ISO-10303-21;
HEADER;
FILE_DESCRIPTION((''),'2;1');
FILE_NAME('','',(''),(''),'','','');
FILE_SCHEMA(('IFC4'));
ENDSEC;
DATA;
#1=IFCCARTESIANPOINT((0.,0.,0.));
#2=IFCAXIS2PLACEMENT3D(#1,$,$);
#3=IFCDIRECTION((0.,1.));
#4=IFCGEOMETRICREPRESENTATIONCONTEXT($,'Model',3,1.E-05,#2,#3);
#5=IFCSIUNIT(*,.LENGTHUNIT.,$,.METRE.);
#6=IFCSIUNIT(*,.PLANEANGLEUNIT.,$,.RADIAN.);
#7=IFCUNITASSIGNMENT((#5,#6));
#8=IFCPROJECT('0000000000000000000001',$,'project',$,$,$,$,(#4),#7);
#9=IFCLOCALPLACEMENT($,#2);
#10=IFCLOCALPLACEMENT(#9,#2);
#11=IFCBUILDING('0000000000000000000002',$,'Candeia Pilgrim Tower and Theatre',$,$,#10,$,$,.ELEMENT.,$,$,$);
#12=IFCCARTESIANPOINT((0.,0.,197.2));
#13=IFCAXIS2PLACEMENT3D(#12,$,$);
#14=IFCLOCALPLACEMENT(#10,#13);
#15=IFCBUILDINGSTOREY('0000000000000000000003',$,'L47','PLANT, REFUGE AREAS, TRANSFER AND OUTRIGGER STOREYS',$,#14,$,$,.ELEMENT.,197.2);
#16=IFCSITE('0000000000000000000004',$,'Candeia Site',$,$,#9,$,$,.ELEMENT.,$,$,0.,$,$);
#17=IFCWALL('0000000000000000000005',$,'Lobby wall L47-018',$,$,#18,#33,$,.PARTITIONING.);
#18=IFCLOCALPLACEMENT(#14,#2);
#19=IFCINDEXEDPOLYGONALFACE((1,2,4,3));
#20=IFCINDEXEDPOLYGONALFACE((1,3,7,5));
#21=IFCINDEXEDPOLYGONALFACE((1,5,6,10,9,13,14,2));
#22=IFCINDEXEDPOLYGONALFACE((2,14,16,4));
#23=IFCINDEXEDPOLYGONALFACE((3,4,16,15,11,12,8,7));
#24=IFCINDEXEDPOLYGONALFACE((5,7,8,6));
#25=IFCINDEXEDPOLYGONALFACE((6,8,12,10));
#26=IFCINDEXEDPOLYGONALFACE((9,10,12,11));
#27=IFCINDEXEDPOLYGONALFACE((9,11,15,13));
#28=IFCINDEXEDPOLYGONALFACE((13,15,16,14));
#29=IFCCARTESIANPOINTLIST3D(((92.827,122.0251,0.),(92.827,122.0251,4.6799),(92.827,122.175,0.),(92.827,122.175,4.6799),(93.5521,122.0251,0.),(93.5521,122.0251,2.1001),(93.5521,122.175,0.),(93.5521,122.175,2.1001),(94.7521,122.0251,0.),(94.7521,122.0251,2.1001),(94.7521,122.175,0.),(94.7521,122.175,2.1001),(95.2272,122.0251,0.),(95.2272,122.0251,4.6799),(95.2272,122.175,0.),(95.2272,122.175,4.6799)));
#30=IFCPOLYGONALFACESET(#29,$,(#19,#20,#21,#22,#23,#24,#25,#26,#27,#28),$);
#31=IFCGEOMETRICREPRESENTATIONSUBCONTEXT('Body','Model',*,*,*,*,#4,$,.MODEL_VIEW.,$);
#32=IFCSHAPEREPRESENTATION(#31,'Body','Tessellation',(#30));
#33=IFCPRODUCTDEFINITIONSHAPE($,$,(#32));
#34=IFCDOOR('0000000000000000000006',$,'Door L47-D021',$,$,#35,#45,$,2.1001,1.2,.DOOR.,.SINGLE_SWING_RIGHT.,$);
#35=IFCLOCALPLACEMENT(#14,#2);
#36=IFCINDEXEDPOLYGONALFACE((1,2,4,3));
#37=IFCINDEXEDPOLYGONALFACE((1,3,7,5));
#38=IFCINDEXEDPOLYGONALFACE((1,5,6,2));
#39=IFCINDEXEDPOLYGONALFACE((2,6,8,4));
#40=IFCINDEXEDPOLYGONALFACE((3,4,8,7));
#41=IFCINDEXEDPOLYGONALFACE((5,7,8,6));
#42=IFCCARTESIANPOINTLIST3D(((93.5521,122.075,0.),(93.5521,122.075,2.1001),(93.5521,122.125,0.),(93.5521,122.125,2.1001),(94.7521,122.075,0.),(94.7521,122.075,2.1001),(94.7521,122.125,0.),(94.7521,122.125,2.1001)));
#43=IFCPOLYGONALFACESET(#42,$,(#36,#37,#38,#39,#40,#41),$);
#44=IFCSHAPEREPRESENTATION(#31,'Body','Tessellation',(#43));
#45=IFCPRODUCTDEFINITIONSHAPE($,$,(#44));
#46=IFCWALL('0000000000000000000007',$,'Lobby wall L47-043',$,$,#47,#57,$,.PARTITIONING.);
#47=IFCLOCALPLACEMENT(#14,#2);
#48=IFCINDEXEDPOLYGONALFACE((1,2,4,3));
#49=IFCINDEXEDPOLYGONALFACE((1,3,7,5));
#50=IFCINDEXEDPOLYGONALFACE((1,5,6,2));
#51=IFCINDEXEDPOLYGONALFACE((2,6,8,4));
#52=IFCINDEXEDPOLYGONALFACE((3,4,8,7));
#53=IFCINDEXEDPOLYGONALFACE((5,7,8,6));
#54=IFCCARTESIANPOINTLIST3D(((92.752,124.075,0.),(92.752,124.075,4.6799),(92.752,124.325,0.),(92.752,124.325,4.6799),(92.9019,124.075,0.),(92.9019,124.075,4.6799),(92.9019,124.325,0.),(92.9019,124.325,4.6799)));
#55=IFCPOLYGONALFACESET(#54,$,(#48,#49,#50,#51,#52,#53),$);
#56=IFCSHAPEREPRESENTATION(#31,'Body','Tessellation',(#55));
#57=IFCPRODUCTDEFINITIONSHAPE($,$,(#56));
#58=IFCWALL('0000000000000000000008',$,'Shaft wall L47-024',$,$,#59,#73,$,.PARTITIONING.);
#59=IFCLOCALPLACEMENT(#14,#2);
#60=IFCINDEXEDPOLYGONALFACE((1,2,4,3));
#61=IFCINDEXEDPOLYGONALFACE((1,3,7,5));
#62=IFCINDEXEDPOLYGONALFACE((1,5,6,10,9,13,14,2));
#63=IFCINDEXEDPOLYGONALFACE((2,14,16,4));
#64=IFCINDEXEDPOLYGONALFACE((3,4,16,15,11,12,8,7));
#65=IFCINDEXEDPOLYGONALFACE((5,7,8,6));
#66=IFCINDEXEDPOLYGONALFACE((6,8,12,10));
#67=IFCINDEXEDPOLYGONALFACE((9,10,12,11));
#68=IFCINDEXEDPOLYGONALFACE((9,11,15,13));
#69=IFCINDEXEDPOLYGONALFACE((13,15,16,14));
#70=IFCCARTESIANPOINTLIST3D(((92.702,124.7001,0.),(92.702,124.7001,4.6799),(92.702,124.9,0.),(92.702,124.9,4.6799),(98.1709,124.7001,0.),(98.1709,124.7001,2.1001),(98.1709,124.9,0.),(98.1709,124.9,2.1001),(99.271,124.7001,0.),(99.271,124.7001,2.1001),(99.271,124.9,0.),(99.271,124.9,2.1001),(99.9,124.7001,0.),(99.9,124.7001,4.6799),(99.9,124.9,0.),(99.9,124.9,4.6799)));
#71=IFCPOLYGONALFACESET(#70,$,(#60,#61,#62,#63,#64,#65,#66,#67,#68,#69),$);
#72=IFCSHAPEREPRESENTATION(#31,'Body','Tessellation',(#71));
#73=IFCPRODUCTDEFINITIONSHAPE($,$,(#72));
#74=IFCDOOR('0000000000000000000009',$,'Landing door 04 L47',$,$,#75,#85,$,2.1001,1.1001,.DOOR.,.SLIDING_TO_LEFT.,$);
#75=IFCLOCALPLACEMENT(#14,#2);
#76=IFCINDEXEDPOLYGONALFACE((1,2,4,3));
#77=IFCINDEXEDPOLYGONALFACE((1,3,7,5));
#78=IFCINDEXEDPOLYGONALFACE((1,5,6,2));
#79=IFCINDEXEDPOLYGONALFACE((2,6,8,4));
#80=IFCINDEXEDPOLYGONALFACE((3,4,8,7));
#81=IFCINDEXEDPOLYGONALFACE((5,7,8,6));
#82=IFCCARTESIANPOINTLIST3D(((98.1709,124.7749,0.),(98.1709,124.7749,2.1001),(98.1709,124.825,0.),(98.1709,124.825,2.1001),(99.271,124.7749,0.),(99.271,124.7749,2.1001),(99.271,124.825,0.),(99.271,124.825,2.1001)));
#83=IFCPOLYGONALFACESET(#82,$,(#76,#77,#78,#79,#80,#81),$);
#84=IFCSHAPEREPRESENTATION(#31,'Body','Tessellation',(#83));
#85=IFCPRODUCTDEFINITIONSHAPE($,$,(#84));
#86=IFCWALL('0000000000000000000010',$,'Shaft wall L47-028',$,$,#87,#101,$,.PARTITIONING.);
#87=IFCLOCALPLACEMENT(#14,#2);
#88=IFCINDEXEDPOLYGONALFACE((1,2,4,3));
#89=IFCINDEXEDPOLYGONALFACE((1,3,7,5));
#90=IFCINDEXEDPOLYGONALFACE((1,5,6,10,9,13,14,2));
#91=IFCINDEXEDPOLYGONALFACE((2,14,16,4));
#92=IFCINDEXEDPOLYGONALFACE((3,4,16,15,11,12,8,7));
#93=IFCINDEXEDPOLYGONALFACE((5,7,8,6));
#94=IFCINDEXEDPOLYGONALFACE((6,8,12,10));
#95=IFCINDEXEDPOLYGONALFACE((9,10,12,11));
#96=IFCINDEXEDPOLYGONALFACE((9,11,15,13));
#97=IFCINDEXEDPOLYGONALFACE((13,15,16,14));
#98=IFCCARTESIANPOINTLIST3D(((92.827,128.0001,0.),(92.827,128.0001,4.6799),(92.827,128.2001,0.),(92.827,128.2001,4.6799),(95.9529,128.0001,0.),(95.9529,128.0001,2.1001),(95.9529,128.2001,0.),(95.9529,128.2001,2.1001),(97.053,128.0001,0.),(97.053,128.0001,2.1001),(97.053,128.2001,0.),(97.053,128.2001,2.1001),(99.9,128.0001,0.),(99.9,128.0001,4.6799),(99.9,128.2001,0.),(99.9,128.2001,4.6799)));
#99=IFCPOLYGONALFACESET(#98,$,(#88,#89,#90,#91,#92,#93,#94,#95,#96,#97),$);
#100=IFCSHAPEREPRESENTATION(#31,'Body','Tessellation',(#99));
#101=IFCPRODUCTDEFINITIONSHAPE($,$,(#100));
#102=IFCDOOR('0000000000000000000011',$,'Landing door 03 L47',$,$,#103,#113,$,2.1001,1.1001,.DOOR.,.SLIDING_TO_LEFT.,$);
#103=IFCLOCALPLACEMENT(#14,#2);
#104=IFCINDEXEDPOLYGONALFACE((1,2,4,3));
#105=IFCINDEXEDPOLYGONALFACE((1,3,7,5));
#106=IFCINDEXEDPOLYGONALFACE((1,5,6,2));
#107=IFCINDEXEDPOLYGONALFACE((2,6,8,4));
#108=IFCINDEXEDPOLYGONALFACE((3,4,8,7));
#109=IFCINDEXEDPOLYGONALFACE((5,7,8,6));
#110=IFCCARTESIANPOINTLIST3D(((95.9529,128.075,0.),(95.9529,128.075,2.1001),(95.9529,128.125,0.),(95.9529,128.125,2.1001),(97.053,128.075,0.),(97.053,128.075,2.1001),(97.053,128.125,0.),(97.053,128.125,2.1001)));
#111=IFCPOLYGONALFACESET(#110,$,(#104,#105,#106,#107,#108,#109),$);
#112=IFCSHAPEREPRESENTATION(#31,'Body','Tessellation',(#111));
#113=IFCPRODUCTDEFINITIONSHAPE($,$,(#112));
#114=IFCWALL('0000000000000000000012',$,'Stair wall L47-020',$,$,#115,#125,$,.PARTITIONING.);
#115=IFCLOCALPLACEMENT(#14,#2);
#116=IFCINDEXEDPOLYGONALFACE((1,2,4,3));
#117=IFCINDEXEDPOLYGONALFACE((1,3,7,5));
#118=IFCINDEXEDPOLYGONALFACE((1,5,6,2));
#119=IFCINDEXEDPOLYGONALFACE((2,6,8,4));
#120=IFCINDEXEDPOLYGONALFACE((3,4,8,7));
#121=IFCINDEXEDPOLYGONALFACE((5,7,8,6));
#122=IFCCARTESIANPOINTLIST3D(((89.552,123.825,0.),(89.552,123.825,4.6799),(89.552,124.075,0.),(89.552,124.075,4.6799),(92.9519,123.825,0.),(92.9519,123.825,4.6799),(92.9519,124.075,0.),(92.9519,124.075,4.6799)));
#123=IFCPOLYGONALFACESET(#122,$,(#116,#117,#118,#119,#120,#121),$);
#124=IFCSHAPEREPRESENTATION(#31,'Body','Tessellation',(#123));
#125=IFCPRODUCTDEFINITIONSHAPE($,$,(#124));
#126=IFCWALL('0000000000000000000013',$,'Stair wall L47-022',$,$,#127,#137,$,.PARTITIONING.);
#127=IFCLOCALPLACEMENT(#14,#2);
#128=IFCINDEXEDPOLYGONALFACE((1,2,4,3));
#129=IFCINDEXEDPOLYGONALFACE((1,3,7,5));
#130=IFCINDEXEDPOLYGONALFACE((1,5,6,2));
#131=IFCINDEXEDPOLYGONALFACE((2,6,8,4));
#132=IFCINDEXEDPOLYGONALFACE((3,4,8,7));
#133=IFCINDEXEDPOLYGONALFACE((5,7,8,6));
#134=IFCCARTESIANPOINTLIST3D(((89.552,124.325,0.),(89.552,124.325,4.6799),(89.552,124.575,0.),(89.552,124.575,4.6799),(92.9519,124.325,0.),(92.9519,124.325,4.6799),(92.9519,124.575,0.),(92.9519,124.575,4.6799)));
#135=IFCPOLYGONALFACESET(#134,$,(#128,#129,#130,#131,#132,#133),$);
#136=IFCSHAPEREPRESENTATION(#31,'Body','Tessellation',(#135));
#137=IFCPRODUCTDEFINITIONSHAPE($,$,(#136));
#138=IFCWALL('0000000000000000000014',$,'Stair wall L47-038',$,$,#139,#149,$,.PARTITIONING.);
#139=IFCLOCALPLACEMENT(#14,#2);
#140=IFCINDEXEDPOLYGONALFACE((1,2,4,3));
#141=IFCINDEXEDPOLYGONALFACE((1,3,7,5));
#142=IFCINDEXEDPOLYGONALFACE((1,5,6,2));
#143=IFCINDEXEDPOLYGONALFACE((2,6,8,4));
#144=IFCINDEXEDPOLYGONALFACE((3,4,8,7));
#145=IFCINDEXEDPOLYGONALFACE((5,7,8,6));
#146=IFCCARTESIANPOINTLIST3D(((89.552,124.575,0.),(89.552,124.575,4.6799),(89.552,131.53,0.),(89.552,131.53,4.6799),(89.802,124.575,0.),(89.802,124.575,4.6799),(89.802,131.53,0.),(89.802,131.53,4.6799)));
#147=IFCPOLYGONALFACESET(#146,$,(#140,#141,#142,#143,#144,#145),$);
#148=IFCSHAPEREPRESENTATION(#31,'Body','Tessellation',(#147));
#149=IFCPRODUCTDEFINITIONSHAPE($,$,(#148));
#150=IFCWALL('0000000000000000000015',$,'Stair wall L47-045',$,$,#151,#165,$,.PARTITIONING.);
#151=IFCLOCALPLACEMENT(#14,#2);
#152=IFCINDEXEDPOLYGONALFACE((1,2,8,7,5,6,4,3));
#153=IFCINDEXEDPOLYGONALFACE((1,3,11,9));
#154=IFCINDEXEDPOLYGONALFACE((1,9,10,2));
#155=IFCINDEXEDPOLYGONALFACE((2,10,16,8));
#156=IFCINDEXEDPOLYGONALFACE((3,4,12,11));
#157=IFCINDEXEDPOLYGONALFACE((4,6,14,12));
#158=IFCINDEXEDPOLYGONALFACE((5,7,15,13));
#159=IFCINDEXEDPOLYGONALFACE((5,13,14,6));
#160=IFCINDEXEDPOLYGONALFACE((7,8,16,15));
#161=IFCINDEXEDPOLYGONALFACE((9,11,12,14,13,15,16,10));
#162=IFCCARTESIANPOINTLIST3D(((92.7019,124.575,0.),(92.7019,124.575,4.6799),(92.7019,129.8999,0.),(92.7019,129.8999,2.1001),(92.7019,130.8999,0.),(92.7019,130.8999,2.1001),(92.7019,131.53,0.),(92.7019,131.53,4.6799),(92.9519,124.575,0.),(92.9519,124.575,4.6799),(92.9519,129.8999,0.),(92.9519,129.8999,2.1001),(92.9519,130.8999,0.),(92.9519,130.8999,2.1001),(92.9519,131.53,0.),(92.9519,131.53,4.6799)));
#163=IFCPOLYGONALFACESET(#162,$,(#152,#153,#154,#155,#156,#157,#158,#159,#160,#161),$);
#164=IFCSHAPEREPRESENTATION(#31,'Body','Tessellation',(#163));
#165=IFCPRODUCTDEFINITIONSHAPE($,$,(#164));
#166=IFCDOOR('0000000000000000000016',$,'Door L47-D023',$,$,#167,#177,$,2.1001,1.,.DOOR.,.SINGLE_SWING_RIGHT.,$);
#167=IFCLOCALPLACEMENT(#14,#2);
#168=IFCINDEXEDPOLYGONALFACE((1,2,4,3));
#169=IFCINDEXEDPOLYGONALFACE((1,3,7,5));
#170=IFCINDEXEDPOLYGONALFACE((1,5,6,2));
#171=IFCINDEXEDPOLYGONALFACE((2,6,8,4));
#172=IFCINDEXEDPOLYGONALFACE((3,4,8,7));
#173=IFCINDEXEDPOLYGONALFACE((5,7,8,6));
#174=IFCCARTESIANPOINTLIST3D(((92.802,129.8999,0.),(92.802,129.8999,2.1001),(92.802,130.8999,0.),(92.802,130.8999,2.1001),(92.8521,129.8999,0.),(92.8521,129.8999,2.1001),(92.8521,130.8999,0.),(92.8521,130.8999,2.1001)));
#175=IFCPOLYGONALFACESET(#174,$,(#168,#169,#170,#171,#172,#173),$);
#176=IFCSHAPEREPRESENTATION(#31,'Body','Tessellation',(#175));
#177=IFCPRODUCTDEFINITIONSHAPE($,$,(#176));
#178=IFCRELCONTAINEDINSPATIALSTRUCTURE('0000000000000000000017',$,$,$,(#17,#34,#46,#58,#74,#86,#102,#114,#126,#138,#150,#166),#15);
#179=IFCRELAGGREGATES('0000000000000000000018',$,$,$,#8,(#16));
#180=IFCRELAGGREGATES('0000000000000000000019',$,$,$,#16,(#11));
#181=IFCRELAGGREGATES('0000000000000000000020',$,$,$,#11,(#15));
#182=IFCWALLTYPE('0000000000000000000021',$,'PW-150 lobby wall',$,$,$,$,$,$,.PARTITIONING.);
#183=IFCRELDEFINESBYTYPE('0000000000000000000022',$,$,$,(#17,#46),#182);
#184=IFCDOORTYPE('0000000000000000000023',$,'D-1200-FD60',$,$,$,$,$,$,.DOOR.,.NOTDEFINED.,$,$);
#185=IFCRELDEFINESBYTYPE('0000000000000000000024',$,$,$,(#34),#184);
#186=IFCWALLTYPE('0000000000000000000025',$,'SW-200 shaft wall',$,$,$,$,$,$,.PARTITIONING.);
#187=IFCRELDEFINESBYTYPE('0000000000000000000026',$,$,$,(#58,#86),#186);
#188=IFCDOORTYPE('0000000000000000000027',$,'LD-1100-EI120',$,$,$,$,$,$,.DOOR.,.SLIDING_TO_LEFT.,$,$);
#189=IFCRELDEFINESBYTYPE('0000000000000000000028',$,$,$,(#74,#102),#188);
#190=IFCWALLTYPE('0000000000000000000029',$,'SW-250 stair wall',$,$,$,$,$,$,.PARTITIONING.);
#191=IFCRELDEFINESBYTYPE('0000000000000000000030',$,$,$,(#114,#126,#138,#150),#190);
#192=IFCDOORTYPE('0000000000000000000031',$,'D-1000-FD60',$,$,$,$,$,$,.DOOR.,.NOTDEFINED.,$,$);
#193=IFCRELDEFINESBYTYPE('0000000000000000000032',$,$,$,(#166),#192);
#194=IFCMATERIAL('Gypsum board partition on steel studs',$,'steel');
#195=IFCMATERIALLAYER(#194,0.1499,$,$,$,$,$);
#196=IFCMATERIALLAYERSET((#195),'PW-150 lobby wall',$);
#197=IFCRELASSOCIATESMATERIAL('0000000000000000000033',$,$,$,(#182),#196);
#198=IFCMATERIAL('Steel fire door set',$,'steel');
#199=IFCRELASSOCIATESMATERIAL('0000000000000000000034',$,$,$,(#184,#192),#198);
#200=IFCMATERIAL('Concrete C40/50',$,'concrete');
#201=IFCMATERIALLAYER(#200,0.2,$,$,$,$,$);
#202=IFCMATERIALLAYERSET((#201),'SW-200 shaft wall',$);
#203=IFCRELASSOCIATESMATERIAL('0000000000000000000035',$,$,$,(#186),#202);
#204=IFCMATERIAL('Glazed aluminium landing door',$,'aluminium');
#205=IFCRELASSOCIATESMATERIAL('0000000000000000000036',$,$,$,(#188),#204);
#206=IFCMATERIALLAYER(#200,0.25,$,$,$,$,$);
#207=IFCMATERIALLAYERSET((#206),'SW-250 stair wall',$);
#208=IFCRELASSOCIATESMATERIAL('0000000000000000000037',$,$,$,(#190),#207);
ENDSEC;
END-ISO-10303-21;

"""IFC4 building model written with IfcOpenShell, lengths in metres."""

from ifc_helpers import new_model, si_unit, direction, frame, frame_2d, origin, place, context, subcontext, project, spatial, rectangle, extrude, material, layer, layer_set, type_object, element, fill, save


model = new_model("IFC4")

# Units and contexts
model_context = context("Model", 3, precision=1e-05, world=origin(), true_north=direction((0.0, 1.0)))
body_context = subcontext(model_context, "Body", "Model", "MODEL_VIEW")
ifc_project = project(units=[si_unit("LENGTHUNIT", "METRE"), si_unit("PLANEANGLEUNIT", "RADIAN")], contexts=[model_context])

# Site, building, storey
site_placement = place(None, origin())
site = spatial("IfcSite", under=ifc_project, at=site_placement, Name="Candeia Site", CompositionType="ELEMENT", RefElevation=0.0)
building_placement = place(site_placement, origin())
building = spatial("IfcBuilding", under=site, at=building_placement, Name="Candeia Pilgrim Tower and Theatre", CompositionType="ELEMENT")
storey_placement = place(building_placement, frame((0.0, 0.0, 197.2)))
storey = spatial("IfcBuildingStorey", under=building, at=storey_placement, Name="L47", Description="PLANT, REFUGE AREAS, TRANSFER AND OUTRIGGER STOREYS", CompositionType="ELEMENT", Elevation=197.2)

# Wall, opening, door
ifc_material_1 = material(Name="Gypsum board partition on steel studs", Category="steel")
ifc_layer_1 = layer(ifc_material_1, 0.1499)
ifc_layer_set_1 = layer_set([ifc_layer_1], Name="PW-150 lobby wall")
wall_type_1 = type_object("IfcWallType", Name="PW-150 lobby wall", PredefinedType="PARTITIONING", material=ifc_layer_set_1)
wall_1_placement = place(storey_placement, frame((92.8269, 122.1001, 0.0), z_axis=(0.0, 0.0, 1.0), x_axis=(1.0, 0.0, 0.0)))
wall_1 = element("IfcWall", 1, at=wall_1_placement, inside=storey, type_object=wall_type_1, Name="Lobby wall L47-018", PredefinedType="PARTITIONING", context=body_context, shape_type="SweptSolid", body=[
    extrude(rectangle(XDim=2.4001, YDim=0.1499, at=frame_2d((1.2002, 0.0))), origin(), (0.0, 0.0, 1.0), 4.6799),
])
opening_1_placement = place(wall_1_placement, frame((0.7251, 0.0, 0.0)))
opening_1 = element("IfcOpeningElement", 2, at=opening_1_placement, cuts=wall_1, PredefinedType="OPENING", context=body_context, shape_type="SweptSolid", body=[
    extrude(rectangle(XDim=1.2, YDim=2.1001, at=frame_2d((0.6001, 1.05))), frame((0.0, 0.085, 0.0), z_axis=(0.0, -1.0, 0.0), x_axis=(1.0, 0.0, 0.0)), (0.0, 0.0, 1.0), 0.1699),
])
ifc_material_2 = material(Name="Steel fire door set", Category="steel")
door_type_1 = type_object("IfcDoorType", Name="D-1200-FD60", OperationType="NOTDEFINED", PredefinedType="DOOR", material=ifc_material_2)
door_1_placement = place(opening_1_placement, origin())
door_1 = element("IfcDoor", 3, at=door_1_placement, inside=storey, type_object=door_type_1, Name="Door L47-D021", OperationType="SINGLE_SWING_RIGHT", OverallHeight=2.1001, OverallWidth=1.2, PredefinedType="DOOR", context=body_context, shape_type="SweptSolid", body=[
    extrude(rectangle(XDim=1.2, YDim=2.1001, at=frame_2d((0.6001, 1.05))), frame((0.0, 0.0249, 0.0), z_axis=(0.0, -1.0, 0.0), x_axis=(1.0, 0.0, 0.0)), (0.0, 0.0, 1.0), 0.05),
])
fill(opening_1, door_1)

# Wall
wall_2_placement = place(storey_placement, frame((92.8269, 124.075, 0.0), z_axis=(0.0, 0.0, 1.0), x_axis=(0.0, 1.0, 0.0)))
element("IfcWall", 4, at=wall_2_placement, inside=storey, type_object=wall_type_1, Name="Lobby wall L47-043", PredefinedType="PARTITIONING", context=body_context, shape_type="SweptSolid", body=[
    extrude(rectangle(XDim=0.25, YDim=0.1499, at=frame_2d((0.125, 0.0))), origin(), (0.0, 0.0, 1.0), 4.6799),
])

# Walls, openings, doors
ifc_material_3 = material(Name="Concrete C40/50", Category="concrete")
ifc_layer_2 = layer(ifc_material_3, 0.2)
ifc_layer_set_2 = layer_set([ifc_layer_2], Name="SW-200 shaft wall")
wall_type_2 = type_object("IfcWallType", Name="SW-200 shaft wall", PredefinedType="PARTITIONING", material=ifc_layer_set_2)
wall_3_placement = place(storey_placement, frame((92.7019, 124.8, 0.0), z_axis=(0.0, 0.0, 1.0), x_axis=(1.0, 0.0, 0.0)))
wall_3 = element("IfcWall", 5, at=wall_3_placement, inside=storey, type_object=wall_type_2, Name="Shaft wall L47-024", PredefinedType="PARTITIONING", context=body_context, shape_type="SweptSolid", body=[
    extrude(rectangle(XDim=7.198, YDim=0.2, at=frame_2d((3.5991, 0.0))), origin(), (0.0, 0.0, 1.0), 4.6799),
])
opening_2_placement = place(wall_3_placement, frame((5.469, 0.0, 0.0)))
opening_2 = element("IfcOpeningElement", 6, at=opening_2_placement, cuts=wall_3, PredefinedType="OPENING", context=body_context, shape_type="SweptSolid", body=[
    extrude(rectangle(XDim=1.1001, YDim=2.1001, at=frame_2d((0.55, 1.05))), frame((0.0, 0.1099, 0.0), z_axis=(0.0, -1.0, 0.0), x_axis=(1.0, 0.0, 0.0)), (0.0, 0.0, 1.0), 0.22),
])
ifc_material_4 = material(Name="Glazed aluminium landing door", Category="aluminium")
door_type_2 = type_object("IfcDoorType", Name="LD-1100-EI120", OperationType="SLIDING_TO_LEFT", PredefinedType="DOOR", material=ifc_material_4)
door_2_placement = place(opening_2_placement, origin())
door_2 = element("IfcDoor", 7, at=door_2_placement, inside=storey, type_object=door_type_2, Name="Landing door 04 L47", OperationType="SLIDING_TO_LEFT", OverallHeight=2.1001, OverallWidth=1.1001, PredefinedType="DOOR", context=body_context, shape_type="SweptSolid", body=[
    extrude(rectangle(XDim=1.1001, YDim=2.1001, at=frame_2d((0.55, 1.05))), frame((0.0, 0.0249, 0.0), z_axis=(0.0, -1.0, 0.0), x_axis=(1.0, 0.0, 0.0)), (0.0, 0.0, 1.0), 0.05),
])
fill(opening_2, door_2)
wall_4_placement = place(storey_placement, frame((92.8269, 128.1001, 0.0), z_axis=(0.0, 0.0, 1.0), x_axis=(1.0, 0.0, 0.0)))
wall_4 = element("IfcWall", 8, at=wall_4_placement, inside=storey, type_object=wall_type_2, Name="Shaft wall L47-028", PredefinedType="PARTITIONING", context=body_context, shape_type="SweptSolid", body=[
    extrude(rectangle(XDim=7.073, YDim=0.2, at=frame_2d((3.5366, 0.0))), origin(), (0.0, 0.0, 1.0), 4.6799),
])
opening_3_placement = place(wall_4_placement, frame((3.126, 0.0, 0.0)))
opening_3 = element("IfcOpeningElement", 9, at=opening_3_placement, cuts=wall_4, PredefinedType="OPENING", context=body_context, shape_type="SweptSolid", body=[
    extrude(rectangle(XDim=1.1001, YDim=2.1001, at=frame_2d((0.55, 1.05))), frame((0.0, 0.1099, 0.0), z_axis=(0.0, -1.0, 0.0), x_axis=(1.0, 0.0, 0.0)), (0.0, 0.0, 1.0), 0.22),
])
door_3_placement = place(opening_3_placement, origin())
door_3 = element("IfcDoor", 10, at=door_3_placement, inside=storey, type_object=door_type_2, Name="Landing door 03 L47", OperationType="SLIDING_TO_LEFT", OverallHeight=2.1001, OverallWidth=1.1001, PredefinedType="DOOR", context=body_context, shape_type="SweptSolid", body=[
    extrude(rectangle(XDim=1.1001, YDim=2.1001, at=frame_2d((0.55, 1.05))), frame((0.0, 0.0249, 0.0), z_axis=(0.0, -1.0, 0.0), x_axis=(1.0, 0.0, 0.0)), (0.0, 0.0, 1.0), 0.05),
])
fill(opening_3, door_3)

# Walls
ifc_layer_3 = layer(ifc_material_3, 0.25)
ifc_layer_set_3 = layer_set([ifc_layer_3], Name="SW-250 stair wall")
wall_type_3 = type_object("IfcWallType", Name="SW-250 stair wall", PredefinedType="PARTITIONING", material=ifc_layer_set_3)
for number, where, z_axis, x_axis, name in (
    (11, (89.552, 123.95, 0.0), (0.0, 0.0, 1.0), (1.0, 0.0, 0.0), "Stair wall L47-020"),
    (12, (89.552, 124.45, 0.0), (0.0, 0.0, 1.0), (1.0, 0.0, 0.0), "Stair wall L47-022"),
):
    element("IfcWall", number, at=place(storey_placement, frame(where, z_axis=z_axis, x_axis=x_axis)), inside=storey, type_object=wall_type_3, Name=name, PredefinedType="PARTITIONING", context=body_context, shape_type="SweptSolid", body=[
        extrude(rectangle(XDim=3.3999, YDim=0.25, at=frame_2d((1.7, 0.0))), origin(), (0.0, 0.0, 1.0), 4.6799),
    ])
wall_5_placement = place(storey_placement, frame((89.677, 124.575, 0.0), z_axis=(0.0, 0.0, 1.0), x_axis=(0.0, 1.0, 0.0)))
element("IfcWall", 13, at=wall_5_placement, inside=storey, type_object=wall_type_3, Name="Stair wall L47-038", PredefinedType="PARTITIONING", context=body_context, shape_type="SweptSolid", body=[
    extrude(rectangle(XDim=6.9551, YDim=0.25, at=frame_2d((3.4775, 0.0))), origin(), (0.0, 0.0, 1.0), 4.6799),
])

# Wall, opening, door
wall_6_placement = place(storey_placement, frame((92.8269, 124.575, 0.0), z_axis=(0.0, 0.0, 1.0), x_axis=(0.0, 1.0, 0.0)))
wall_6 = element("IfcWall", 14, at=wall_6_placement, inside=storey, type_object=wall_type_3, Name="Stair wall L47-045", PredefinedType="PARTITIONING", context=body_context, shape_type="SweptSolid", body=[
    extrude(rectangle(XDim=6.9551, YDim=0.25, at=frame_2d((3.4775, 0.0))), origin(), (0.0, 0.0, 1.0), 4.6799),
])
opening_4_placement = place(wall_6_placement, frame((5.325, 0.0, 0.0)))
opening_4 = element("IfcOpeningElement", 15, at=opening_4_placement, cuts=wall_6, PredefinedType="OPENING", context=body_context, shape_type="SweptSolid", body=[
    extrude(rectangle(XDim=1.0, YDim=2.1001, at=frame_2d((0.5, 1.05))), frame((0.0, 0.135, 0.0), z_axis=(0.0, -1.0, 0.0), x_axis=(1.0, 0.0, 0.0)), (0.0, 0.0, 1.0), 0.27),
])
door_type_3 = type_object("IfcDoorType", Name="D-1000-FD60", OperationType="NOTDEFINED", PredefinedType="DOOR", material=ifc_material_2)
door_4_placement = place(opening_4_placement, origin())
door_4 = element("IfcDoor", 16, at=door_4_placement, inside=storey, type_object=door_type_3, Name="Door L47-D023", OperationType="SINGLE_SWING_RIGHT", OverallHeight=2.1001, OverallWidth=1.0, PredefinedType="DOOR", context=body_context, shape_type="SweptSolid", body=[
    extrude(rectangle(XDim=1.0, YDim=2.1001, at=frame_2d((0.5, 1.05))), frame((0.0, 0.0249, 0.0), z_axis=(0.0, -1.0, 0.0), x_axis=(1.0, 0.0, 0.0)), (0.0, 0.0, 1.0), 0.05),
])
fill(opening_4, door_4)

save(model, "model.ifc")
